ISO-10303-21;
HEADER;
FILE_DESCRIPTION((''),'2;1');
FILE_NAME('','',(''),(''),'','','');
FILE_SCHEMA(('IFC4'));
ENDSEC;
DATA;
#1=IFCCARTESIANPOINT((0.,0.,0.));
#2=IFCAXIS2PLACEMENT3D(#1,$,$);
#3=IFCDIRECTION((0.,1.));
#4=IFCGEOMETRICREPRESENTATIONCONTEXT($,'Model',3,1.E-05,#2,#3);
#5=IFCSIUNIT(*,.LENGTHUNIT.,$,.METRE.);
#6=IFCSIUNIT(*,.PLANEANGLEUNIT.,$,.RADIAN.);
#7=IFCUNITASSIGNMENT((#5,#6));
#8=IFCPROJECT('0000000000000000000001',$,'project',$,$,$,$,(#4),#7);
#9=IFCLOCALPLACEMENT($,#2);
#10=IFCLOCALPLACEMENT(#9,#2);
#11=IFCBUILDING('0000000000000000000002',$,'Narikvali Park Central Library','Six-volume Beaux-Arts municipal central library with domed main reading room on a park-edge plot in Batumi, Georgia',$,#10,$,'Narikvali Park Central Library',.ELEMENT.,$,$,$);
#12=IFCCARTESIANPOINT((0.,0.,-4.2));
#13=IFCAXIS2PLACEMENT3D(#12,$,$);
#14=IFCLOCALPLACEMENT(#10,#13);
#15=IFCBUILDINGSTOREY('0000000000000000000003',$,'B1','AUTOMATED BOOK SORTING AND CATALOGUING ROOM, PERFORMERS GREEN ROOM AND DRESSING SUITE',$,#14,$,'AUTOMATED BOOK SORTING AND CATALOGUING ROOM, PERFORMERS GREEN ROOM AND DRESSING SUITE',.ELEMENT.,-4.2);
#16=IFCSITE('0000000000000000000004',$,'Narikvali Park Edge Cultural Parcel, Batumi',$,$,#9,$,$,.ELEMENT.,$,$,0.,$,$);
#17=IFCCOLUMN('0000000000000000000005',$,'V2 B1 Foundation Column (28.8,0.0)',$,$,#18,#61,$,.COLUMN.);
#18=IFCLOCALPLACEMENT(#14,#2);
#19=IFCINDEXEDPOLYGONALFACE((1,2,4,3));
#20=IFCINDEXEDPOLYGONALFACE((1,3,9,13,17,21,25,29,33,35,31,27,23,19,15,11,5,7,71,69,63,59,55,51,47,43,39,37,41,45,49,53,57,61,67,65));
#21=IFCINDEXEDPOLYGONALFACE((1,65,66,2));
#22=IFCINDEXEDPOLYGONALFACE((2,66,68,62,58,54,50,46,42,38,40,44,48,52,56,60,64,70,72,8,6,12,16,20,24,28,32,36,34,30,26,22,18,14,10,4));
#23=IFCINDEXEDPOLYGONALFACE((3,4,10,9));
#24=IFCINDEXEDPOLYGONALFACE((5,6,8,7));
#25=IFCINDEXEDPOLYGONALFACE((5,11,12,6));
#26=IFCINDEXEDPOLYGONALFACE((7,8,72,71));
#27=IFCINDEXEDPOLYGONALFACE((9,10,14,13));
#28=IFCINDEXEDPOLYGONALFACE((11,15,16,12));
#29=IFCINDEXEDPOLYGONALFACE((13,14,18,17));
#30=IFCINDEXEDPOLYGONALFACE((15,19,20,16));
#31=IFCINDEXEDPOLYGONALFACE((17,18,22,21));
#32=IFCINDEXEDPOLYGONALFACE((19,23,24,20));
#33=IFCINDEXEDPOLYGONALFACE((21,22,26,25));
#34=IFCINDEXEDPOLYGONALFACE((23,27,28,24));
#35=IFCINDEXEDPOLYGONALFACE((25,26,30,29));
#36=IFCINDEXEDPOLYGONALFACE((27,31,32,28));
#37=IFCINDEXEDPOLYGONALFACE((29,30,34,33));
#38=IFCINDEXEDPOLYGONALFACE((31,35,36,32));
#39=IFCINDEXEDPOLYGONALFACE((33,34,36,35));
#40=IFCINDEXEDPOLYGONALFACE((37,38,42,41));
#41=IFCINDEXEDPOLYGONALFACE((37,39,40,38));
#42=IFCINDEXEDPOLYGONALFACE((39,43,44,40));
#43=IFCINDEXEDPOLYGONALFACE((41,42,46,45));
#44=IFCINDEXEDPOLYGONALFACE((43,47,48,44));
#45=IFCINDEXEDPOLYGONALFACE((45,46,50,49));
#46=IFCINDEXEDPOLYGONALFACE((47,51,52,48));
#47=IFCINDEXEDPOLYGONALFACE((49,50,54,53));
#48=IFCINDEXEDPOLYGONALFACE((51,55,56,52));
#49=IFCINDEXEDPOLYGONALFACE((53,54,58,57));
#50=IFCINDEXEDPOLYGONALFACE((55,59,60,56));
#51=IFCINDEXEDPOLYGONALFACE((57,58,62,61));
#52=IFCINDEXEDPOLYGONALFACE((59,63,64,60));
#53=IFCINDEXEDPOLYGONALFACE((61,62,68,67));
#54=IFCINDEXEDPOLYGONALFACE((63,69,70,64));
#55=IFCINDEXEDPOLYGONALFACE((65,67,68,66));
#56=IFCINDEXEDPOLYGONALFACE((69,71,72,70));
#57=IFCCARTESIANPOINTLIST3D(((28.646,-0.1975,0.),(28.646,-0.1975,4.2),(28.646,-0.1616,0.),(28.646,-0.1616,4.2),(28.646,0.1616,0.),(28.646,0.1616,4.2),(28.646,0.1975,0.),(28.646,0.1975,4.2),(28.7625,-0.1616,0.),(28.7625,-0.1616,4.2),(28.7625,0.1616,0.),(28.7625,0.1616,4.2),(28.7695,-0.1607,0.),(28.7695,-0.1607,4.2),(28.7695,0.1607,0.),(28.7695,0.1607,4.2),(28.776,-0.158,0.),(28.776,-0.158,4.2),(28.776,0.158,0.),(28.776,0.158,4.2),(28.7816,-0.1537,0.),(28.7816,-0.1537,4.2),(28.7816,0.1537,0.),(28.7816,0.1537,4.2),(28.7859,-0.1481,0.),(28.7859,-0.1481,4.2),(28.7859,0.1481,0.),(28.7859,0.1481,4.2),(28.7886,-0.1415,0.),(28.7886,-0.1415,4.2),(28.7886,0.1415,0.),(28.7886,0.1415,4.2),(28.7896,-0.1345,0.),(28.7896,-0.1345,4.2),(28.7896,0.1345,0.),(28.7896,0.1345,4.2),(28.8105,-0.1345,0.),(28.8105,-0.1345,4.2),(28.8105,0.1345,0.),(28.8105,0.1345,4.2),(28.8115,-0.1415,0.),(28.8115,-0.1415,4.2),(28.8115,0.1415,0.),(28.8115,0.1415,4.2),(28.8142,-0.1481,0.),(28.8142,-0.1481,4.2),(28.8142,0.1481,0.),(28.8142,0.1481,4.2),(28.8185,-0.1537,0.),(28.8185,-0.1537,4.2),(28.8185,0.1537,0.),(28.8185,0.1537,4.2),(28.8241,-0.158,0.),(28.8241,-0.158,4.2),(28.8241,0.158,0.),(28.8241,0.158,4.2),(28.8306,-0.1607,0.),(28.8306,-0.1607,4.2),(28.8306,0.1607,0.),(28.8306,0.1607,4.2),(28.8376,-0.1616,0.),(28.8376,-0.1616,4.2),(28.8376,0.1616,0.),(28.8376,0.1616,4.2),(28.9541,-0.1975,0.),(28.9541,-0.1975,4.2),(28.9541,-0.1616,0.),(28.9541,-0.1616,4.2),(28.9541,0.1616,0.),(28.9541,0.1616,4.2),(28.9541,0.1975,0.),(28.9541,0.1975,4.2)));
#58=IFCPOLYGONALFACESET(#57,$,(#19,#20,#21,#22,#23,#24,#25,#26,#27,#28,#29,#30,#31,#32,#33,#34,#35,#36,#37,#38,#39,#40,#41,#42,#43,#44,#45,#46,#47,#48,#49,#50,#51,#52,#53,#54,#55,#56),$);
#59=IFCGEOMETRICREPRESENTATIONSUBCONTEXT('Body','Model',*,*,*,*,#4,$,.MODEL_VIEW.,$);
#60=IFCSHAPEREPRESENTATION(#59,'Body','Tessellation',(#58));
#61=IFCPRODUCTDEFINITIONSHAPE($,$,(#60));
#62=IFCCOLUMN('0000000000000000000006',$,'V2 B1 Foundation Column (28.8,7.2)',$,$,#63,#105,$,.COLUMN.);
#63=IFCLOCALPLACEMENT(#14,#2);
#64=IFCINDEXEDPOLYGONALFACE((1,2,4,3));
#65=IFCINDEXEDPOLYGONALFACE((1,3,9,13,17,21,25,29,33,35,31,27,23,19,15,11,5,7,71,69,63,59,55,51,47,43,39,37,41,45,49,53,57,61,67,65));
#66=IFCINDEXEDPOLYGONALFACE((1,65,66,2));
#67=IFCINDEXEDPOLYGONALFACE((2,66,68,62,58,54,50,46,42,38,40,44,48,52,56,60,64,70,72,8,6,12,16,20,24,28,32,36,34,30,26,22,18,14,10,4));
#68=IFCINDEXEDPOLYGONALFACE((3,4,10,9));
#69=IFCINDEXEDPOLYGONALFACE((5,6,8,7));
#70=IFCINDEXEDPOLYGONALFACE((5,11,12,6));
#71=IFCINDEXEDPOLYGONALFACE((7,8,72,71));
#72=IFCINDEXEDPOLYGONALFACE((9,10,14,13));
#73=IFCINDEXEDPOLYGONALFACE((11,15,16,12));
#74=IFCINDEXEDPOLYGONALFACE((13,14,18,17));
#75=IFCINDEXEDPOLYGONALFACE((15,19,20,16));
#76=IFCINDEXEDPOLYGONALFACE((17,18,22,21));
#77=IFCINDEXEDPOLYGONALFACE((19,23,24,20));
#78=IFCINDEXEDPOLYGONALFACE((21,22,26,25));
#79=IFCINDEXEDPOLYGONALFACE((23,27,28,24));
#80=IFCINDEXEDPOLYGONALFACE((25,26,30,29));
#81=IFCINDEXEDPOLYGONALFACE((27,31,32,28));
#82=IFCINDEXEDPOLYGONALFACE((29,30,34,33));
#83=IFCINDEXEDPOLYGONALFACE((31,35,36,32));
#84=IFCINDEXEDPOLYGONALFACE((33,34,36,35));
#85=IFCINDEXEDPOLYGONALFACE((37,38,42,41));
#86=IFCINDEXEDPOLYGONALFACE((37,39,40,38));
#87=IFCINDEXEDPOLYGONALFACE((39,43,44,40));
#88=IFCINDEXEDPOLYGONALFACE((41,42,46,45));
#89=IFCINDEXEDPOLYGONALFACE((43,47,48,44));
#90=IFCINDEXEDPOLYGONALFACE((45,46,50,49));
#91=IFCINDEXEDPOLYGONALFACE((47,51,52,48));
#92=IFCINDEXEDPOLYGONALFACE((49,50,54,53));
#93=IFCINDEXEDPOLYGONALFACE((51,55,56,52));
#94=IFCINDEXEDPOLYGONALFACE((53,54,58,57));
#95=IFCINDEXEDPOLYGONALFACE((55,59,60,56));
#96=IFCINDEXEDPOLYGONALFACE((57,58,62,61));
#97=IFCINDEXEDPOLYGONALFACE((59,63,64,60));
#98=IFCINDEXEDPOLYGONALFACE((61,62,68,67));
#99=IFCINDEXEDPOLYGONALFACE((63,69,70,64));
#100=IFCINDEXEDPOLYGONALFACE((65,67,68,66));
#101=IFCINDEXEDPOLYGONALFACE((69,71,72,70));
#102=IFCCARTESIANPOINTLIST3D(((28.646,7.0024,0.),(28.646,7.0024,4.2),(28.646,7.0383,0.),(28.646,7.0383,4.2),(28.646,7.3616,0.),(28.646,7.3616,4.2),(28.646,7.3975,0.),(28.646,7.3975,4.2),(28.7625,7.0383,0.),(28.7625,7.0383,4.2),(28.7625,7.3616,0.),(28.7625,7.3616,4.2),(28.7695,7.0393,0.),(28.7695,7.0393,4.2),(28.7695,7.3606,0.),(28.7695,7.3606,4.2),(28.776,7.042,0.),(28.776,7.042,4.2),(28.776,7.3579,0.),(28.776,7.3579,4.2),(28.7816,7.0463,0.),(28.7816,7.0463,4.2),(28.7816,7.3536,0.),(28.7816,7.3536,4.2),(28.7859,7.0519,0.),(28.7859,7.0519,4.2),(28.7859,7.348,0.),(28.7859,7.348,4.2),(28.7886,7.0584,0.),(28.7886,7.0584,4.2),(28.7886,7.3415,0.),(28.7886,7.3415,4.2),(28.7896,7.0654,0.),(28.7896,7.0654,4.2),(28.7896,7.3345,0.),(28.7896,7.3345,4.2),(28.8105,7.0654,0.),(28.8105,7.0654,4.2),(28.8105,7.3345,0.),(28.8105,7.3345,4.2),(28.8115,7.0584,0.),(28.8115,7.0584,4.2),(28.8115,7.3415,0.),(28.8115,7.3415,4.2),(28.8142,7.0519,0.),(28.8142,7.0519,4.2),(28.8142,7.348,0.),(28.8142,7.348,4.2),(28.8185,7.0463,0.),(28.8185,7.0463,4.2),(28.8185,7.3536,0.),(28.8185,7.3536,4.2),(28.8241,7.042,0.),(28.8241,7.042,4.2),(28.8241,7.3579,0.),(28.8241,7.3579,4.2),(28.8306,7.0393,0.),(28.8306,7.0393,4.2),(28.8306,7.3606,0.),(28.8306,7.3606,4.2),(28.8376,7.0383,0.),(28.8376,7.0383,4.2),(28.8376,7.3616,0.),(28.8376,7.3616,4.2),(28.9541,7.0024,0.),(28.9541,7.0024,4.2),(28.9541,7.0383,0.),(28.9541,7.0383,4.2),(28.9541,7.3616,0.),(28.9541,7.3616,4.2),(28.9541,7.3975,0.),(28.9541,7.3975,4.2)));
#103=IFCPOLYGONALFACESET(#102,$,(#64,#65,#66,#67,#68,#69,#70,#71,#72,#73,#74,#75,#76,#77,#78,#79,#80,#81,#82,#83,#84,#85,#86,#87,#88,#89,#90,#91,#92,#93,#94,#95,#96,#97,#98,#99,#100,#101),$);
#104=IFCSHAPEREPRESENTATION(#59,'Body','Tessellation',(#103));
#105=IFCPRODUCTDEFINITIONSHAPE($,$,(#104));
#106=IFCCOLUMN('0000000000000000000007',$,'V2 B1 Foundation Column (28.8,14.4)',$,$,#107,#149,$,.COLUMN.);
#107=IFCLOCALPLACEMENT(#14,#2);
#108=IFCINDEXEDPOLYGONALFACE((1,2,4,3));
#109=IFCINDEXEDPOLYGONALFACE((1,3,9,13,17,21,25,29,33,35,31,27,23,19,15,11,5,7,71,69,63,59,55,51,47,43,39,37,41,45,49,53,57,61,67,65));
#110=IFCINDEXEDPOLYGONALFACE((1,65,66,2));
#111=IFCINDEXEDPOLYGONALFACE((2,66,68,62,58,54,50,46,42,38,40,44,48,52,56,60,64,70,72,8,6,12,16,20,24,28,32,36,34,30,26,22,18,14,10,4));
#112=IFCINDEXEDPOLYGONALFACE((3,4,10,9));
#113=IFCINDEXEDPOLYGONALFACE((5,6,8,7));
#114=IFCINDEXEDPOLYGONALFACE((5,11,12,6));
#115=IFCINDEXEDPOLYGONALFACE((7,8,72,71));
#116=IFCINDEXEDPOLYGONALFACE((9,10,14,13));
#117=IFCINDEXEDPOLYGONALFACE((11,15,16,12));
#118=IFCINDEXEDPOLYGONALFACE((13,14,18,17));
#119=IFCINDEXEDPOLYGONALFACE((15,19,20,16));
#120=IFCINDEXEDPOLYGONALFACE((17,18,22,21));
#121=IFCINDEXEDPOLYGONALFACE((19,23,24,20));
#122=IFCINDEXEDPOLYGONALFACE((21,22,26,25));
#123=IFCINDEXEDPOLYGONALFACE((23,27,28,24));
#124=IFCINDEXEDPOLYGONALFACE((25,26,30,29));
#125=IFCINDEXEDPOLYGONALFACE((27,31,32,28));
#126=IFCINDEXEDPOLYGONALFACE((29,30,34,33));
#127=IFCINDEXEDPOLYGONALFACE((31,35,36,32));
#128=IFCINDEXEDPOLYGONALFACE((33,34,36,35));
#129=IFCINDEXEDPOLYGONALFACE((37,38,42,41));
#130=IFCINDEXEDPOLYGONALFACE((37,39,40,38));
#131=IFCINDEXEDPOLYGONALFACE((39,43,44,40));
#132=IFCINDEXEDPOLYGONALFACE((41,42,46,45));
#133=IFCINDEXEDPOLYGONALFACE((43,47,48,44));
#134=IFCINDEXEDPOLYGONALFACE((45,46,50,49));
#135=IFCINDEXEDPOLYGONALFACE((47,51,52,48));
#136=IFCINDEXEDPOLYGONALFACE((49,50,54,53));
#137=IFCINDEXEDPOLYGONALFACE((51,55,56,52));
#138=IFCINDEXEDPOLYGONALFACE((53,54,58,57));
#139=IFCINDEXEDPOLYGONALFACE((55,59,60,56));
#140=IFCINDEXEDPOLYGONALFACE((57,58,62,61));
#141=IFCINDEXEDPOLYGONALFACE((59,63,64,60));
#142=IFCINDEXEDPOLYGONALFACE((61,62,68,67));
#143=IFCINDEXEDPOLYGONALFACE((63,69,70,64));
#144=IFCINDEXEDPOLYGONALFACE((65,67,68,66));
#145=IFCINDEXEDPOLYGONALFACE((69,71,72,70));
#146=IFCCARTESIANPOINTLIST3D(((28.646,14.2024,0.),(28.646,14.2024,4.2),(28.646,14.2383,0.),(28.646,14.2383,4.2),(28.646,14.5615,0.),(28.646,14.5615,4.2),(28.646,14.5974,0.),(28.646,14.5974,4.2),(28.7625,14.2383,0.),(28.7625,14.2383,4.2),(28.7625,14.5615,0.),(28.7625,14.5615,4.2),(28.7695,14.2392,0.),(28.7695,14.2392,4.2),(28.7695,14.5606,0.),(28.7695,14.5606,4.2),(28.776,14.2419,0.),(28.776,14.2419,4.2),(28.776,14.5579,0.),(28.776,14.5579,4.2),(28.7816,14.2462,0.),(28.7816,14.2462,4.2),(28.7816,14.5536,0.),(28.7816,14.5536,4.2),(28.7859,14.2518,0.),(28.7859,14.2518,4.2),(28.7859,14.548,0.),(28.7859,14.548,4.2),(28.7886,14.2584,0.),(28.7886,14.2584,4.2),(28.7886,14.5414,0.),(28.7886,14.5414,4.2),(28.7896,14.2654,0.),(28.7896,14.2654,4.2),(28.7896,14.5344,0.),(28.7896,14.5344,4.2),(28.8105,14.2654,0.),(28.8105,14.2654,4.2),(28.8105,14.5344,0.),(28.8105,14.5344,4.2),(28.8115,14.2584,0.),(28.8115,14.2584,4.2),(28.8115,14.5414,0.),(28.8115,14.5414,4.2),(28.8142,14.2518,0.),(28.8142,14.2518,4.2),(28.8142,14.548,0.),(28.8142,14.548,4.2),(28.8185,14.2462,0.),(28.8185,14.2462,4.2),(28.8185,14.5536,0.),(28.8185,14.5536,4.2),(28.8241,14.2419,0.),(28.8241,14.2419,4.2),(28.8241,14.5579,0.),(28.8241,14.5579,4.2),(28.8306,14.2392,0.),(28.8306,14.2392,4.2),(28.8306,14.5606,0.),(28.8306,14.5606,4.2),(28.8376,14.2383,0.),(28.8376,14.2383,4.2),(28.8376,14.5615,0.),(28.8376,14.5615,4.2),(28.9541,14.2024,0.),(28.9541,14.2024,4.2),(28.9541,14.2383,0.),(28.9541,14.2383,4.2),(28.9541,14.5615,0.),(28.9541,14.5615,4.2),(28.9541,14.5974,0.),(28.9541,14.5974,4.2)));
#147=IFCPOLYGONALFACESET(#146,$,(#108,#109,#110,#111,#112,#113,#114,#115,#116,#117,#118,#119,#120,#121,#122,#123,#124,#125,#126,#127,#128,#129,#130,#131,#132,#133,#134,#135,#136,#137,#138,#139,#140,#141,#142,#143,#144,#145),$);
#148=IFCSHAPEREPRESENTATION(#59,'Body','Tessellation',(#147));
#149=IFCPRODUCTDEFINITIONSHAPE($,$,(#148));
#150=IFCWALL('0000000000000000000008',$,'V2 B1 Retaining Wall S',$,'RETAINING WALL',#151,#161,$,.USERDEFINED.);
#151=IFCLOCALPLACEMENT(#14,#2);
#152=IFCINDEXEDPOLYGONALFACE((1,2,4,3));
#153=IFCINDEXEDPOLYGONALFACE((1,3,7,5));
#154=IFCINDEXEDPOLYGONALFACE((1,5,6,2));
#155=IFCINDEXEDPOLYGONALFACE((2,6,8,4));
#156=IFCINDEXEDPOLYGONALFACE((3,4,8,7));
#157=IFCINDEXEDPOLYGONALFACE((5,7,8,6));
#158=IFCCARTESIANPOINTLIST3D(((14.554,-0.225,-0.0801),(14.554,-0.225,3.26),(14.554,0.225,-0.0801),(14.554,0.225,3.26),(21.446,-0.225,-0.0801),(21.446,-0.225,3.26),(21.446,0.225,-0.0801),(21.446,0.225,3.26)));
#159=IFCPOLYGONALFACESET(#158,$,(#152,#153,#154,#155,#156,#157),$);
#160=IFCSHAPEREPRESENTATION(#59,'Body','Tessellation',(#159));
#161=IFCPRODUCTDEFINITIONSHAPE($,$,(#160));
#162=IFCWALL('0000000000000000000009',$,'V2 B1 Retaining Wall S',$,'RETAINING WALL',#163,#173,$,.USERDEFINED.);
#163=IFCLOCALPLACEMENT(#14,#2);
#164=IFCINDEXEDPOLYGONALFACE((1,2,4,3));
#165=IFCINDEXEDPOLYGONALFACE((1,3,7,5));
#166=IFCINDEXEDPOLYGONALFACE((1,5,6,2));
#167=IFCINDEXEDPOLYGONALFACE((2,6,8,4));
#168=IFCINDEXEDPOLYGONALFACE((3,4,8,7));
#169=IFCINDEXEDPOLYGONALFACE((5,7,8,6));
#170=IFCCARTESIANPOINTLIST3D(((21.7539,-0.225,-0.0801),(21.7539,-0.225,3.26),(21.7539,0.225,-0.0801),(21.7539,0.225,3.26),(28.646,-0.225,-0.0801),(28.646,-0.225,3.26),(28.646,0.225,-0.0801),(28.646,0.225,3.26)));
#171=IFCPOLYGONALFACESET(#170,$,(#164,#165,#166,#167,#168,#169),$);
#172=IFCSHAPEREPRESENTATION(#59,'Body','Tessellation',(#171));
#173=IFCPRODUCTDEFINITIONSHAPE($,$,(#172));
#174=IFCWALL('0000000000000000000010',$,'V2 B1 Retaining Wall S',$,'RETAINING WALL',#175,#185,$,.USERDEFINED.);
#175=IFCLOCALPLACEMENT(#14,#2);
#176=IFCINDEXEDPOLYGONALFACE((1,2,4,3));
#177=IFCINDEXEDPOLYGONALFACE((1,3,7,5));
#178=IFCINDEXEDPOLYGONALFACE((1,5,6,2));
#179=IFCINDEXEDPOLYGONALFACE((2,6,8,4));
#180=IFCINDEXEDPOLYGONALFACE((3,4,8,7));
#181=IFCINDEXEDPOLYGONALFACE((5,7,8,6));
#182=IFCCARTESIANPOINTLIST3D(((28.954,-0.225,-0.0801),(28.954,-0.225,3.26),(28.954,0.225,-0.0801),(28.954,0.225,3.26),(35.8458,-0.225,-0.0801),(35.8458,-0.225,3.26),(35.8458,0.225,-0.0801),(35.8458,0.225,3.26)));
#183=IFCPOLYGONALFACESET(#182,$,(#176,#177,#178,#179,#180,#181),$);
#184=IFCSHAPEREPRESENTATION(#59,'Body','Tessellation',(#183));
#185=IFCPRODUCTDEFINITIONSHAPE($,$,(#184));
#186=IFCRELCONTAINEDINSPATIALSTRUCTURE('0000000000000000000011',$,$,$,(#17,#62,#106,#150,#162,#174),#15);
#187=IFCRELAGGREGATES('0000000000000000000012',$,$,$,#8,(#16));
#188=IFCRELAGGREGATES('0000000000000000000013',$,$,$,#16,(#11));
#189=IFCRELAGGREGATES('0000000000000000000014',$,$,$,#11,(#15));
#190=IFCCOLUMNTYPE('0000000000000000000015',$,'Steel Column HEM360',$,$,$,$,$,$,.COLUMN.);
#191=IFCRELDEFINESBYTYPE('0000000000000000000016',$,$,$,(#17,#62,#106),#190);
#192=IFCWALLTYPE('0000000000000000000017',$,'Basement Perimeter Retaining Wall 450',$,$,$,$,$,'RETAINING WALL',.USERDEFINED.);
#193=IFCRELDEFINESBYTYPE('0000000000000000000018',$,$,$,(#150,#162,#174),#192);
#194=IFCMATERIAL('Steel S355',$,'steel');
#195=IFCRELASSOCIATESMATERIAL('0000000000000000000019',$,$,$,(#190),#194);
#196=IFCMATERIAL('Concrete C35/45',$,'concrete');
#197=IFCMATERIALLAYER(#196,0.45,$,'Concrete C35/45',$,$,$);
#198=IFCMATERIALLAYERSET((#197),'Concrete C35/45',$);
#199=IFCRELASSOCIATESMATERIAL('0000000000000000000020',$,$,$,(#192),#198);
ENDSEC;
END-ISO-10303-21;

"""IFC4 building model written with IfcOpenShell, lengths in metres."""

from ifc_helpers import new_model, si_unit, direction, frame, frame_2d, origin, origin_2d, place, context, subcontext, project, spatial, rectangle, i_section, extrude, material, layer, layer_set, material_profile, profile_set, type_object, element, save


model = new_model("IFC4")

# Units and contexts
model_context = context("Model", 3, precision=1e-05, world=origin(), true_north=direction((0.0, 1.0)))
body_context = subcontext(model_context, "Body", "Model", "MODEL_VIEW")
ifc_project = project(units=[si_unit("LENGTHUNIT", "METRE"), si_unit("PLANEANGLEUNIT", "RADIAN")], contexts=[model_context])

# Site, building, storey
site_placement = place(None, origin())
site = spatial("IfcSite", under=ifc_project, at=site_placement, Name="Narikvali Park Edge Cultural Parcel, Batumi", CompositionType="ELEMENT", RefElevation=0.0)
building_placement = place(site_placement, origin())
building = spatial("IfcBuilding", under=site, at=building_placement, Name="Narikvali Park Central Library", Description="Six-volume Beaux-Arts municipal central library with domed main reading room on a park-edge plot in Batumi, Georgia", LongName="Narikvali Park Central Library", CompositionType="ELEMENT")
storey_placement = place(building_placement, frame((0.0, 0.0, -4.2)))
storey = spatial("IfcBuildingStorey", under=building, at=storey_placement, Name="B1", Description="AUTOMATED BOOK SORTING AND CATALOGUING ROOM, PERFORMERS GREEN ROOM AND DRESSING SUITE", LongName="AUTOMATED BOOK SORTING AND CATALOGUING ROOM, PERFORMERS GREEN ROOM AND DRESSING SUITE", CompositionType="ELEMENT", Elevation=-4.2)

# Shared definitions
ifc_material_1 = material(Name="Concrete C35/45", Category="concrete")

# Columns
ifc_material_2 = material(Name="Steel S355", Category="steel")
ifc_material_profile_1 = material_profile(ifc_material_2, i_section(OverallWidth=0.3081, OverallDepth=0.395, WebThickness=0.021, FlangeThickness=0.0359, FilletRadius=0.0271, at=origin_2d()), Name="HEM 360")
ifc_profile_set_1 = profile_set([ifc_material_profile_1], Name="Steel S355")
column_type = type_object("IfcColumnType", Name="Steel Column HEM360", PredefinedType="COLUMN", material=ifc_profile_set_1)
for number, where, z_axis, x_axis, name in (
    (1, (28.8, 0.0, 0.0), (0.0, 0.0, 1.0), (1.0, 0.0, 0.0), "V2 B1 Foundation Column (28.8,0.0)"),
    (2, (28.8, 7.2, 0.0), (0.0, 0.0, 1.0), (1.0, 0.0, 0.0), "V2 B1 Foundation Column (28.8,7.2)"),
    (3, (28.8, 14.3999, 0.0), (0.0, 0.0, 1.0), (1.0, 0.0, 0.0), "V2 B1 Foundation Column (28.8,14.4)"),
):
    element("IfcColumn", number, at=place(storey_placement, frame(where, z_axis=z_axis, x_axis=x_axis)), inside=storey, type_object=column_type, Name=name, PredefinedType="COLUMN", context=body_context, shape_type="SweptSolid", body=[
        extrude(i_section(OverallWidth=0.3081, OverallDepth=0.395, WebThickness=0.021, FlangeThickness=0.0359, FilletRadius=0.0271, at=origin_2d()), origin(), (0.0, 0.0, 1.0), 4.2),
    ])

# Walls
ifc_layer_1 = layer(ifc_material_1, 0.45, Name="Concrete C35/45")
ifc_layer_set_1 = layer_set([ifc_layer_1], Name="Concrete C35/45")
wall_type = type_object("IfcWallType", Name="Basement Perimeter Retaining Wall 450", ElementType="RETAINING WALL", PredefinedType="USERDEFINED", material=ifc_layer_set_1)
for number, where, z_axis, x_axis, name in (
    (4, (14.554, 0.0, -0.0801), (0.0, 0.0, 1.0), (1.0, 0.0, 0.0), "V2 B1 Retaining Wall S"),
    (5, (21.7539, 0.0, -0.0801), (0.0, 0.0, 1.0), (1.0, 0.0, 0.0), "V2 B1 Retaining Wall S"),
):
    element("IfcWall", number, at=place(storey_placement, frame(where, z_axis=z_axis, x_axis=x_axis)), inside=storey, type_object=wall_type, Name=name, ObjectType="RETAINING WALL", PredefinedType="USERDEFINED", context=body_context, shape_type="SweptSolid", body=[
        extrude(rectangle(XDim=6.8921, YDim=0.45, at=frame_2d((3.446, 0.0))), origin(), (0.0, 0.0, 1.0), 3.3401),
    ])
wall_placement = place(storey_placement, frame((28.9541, 0.0, -0.0801), z_axis=(0.0, 0.0, 1.0), x_axis=(1.0, 0.0, 0.0)))
element("IfcWall", 6, at=wall_placement, inside=storey, type_object=wall_type, Name="V2 B1 Retaining Wall S", ObjectType="RETAINING WALL", PredefinedType="USERDEFINED", context=body_context, shape_type="SweptSolid", body=[
    extrude(rectangle(XDim=6.8918, YDim=0.45, at=frame_2d((3.4458, 0.0))), origin(), (0.0, 0.0, 1.0), 3.3401),
])

save(model, "model.ifc")
